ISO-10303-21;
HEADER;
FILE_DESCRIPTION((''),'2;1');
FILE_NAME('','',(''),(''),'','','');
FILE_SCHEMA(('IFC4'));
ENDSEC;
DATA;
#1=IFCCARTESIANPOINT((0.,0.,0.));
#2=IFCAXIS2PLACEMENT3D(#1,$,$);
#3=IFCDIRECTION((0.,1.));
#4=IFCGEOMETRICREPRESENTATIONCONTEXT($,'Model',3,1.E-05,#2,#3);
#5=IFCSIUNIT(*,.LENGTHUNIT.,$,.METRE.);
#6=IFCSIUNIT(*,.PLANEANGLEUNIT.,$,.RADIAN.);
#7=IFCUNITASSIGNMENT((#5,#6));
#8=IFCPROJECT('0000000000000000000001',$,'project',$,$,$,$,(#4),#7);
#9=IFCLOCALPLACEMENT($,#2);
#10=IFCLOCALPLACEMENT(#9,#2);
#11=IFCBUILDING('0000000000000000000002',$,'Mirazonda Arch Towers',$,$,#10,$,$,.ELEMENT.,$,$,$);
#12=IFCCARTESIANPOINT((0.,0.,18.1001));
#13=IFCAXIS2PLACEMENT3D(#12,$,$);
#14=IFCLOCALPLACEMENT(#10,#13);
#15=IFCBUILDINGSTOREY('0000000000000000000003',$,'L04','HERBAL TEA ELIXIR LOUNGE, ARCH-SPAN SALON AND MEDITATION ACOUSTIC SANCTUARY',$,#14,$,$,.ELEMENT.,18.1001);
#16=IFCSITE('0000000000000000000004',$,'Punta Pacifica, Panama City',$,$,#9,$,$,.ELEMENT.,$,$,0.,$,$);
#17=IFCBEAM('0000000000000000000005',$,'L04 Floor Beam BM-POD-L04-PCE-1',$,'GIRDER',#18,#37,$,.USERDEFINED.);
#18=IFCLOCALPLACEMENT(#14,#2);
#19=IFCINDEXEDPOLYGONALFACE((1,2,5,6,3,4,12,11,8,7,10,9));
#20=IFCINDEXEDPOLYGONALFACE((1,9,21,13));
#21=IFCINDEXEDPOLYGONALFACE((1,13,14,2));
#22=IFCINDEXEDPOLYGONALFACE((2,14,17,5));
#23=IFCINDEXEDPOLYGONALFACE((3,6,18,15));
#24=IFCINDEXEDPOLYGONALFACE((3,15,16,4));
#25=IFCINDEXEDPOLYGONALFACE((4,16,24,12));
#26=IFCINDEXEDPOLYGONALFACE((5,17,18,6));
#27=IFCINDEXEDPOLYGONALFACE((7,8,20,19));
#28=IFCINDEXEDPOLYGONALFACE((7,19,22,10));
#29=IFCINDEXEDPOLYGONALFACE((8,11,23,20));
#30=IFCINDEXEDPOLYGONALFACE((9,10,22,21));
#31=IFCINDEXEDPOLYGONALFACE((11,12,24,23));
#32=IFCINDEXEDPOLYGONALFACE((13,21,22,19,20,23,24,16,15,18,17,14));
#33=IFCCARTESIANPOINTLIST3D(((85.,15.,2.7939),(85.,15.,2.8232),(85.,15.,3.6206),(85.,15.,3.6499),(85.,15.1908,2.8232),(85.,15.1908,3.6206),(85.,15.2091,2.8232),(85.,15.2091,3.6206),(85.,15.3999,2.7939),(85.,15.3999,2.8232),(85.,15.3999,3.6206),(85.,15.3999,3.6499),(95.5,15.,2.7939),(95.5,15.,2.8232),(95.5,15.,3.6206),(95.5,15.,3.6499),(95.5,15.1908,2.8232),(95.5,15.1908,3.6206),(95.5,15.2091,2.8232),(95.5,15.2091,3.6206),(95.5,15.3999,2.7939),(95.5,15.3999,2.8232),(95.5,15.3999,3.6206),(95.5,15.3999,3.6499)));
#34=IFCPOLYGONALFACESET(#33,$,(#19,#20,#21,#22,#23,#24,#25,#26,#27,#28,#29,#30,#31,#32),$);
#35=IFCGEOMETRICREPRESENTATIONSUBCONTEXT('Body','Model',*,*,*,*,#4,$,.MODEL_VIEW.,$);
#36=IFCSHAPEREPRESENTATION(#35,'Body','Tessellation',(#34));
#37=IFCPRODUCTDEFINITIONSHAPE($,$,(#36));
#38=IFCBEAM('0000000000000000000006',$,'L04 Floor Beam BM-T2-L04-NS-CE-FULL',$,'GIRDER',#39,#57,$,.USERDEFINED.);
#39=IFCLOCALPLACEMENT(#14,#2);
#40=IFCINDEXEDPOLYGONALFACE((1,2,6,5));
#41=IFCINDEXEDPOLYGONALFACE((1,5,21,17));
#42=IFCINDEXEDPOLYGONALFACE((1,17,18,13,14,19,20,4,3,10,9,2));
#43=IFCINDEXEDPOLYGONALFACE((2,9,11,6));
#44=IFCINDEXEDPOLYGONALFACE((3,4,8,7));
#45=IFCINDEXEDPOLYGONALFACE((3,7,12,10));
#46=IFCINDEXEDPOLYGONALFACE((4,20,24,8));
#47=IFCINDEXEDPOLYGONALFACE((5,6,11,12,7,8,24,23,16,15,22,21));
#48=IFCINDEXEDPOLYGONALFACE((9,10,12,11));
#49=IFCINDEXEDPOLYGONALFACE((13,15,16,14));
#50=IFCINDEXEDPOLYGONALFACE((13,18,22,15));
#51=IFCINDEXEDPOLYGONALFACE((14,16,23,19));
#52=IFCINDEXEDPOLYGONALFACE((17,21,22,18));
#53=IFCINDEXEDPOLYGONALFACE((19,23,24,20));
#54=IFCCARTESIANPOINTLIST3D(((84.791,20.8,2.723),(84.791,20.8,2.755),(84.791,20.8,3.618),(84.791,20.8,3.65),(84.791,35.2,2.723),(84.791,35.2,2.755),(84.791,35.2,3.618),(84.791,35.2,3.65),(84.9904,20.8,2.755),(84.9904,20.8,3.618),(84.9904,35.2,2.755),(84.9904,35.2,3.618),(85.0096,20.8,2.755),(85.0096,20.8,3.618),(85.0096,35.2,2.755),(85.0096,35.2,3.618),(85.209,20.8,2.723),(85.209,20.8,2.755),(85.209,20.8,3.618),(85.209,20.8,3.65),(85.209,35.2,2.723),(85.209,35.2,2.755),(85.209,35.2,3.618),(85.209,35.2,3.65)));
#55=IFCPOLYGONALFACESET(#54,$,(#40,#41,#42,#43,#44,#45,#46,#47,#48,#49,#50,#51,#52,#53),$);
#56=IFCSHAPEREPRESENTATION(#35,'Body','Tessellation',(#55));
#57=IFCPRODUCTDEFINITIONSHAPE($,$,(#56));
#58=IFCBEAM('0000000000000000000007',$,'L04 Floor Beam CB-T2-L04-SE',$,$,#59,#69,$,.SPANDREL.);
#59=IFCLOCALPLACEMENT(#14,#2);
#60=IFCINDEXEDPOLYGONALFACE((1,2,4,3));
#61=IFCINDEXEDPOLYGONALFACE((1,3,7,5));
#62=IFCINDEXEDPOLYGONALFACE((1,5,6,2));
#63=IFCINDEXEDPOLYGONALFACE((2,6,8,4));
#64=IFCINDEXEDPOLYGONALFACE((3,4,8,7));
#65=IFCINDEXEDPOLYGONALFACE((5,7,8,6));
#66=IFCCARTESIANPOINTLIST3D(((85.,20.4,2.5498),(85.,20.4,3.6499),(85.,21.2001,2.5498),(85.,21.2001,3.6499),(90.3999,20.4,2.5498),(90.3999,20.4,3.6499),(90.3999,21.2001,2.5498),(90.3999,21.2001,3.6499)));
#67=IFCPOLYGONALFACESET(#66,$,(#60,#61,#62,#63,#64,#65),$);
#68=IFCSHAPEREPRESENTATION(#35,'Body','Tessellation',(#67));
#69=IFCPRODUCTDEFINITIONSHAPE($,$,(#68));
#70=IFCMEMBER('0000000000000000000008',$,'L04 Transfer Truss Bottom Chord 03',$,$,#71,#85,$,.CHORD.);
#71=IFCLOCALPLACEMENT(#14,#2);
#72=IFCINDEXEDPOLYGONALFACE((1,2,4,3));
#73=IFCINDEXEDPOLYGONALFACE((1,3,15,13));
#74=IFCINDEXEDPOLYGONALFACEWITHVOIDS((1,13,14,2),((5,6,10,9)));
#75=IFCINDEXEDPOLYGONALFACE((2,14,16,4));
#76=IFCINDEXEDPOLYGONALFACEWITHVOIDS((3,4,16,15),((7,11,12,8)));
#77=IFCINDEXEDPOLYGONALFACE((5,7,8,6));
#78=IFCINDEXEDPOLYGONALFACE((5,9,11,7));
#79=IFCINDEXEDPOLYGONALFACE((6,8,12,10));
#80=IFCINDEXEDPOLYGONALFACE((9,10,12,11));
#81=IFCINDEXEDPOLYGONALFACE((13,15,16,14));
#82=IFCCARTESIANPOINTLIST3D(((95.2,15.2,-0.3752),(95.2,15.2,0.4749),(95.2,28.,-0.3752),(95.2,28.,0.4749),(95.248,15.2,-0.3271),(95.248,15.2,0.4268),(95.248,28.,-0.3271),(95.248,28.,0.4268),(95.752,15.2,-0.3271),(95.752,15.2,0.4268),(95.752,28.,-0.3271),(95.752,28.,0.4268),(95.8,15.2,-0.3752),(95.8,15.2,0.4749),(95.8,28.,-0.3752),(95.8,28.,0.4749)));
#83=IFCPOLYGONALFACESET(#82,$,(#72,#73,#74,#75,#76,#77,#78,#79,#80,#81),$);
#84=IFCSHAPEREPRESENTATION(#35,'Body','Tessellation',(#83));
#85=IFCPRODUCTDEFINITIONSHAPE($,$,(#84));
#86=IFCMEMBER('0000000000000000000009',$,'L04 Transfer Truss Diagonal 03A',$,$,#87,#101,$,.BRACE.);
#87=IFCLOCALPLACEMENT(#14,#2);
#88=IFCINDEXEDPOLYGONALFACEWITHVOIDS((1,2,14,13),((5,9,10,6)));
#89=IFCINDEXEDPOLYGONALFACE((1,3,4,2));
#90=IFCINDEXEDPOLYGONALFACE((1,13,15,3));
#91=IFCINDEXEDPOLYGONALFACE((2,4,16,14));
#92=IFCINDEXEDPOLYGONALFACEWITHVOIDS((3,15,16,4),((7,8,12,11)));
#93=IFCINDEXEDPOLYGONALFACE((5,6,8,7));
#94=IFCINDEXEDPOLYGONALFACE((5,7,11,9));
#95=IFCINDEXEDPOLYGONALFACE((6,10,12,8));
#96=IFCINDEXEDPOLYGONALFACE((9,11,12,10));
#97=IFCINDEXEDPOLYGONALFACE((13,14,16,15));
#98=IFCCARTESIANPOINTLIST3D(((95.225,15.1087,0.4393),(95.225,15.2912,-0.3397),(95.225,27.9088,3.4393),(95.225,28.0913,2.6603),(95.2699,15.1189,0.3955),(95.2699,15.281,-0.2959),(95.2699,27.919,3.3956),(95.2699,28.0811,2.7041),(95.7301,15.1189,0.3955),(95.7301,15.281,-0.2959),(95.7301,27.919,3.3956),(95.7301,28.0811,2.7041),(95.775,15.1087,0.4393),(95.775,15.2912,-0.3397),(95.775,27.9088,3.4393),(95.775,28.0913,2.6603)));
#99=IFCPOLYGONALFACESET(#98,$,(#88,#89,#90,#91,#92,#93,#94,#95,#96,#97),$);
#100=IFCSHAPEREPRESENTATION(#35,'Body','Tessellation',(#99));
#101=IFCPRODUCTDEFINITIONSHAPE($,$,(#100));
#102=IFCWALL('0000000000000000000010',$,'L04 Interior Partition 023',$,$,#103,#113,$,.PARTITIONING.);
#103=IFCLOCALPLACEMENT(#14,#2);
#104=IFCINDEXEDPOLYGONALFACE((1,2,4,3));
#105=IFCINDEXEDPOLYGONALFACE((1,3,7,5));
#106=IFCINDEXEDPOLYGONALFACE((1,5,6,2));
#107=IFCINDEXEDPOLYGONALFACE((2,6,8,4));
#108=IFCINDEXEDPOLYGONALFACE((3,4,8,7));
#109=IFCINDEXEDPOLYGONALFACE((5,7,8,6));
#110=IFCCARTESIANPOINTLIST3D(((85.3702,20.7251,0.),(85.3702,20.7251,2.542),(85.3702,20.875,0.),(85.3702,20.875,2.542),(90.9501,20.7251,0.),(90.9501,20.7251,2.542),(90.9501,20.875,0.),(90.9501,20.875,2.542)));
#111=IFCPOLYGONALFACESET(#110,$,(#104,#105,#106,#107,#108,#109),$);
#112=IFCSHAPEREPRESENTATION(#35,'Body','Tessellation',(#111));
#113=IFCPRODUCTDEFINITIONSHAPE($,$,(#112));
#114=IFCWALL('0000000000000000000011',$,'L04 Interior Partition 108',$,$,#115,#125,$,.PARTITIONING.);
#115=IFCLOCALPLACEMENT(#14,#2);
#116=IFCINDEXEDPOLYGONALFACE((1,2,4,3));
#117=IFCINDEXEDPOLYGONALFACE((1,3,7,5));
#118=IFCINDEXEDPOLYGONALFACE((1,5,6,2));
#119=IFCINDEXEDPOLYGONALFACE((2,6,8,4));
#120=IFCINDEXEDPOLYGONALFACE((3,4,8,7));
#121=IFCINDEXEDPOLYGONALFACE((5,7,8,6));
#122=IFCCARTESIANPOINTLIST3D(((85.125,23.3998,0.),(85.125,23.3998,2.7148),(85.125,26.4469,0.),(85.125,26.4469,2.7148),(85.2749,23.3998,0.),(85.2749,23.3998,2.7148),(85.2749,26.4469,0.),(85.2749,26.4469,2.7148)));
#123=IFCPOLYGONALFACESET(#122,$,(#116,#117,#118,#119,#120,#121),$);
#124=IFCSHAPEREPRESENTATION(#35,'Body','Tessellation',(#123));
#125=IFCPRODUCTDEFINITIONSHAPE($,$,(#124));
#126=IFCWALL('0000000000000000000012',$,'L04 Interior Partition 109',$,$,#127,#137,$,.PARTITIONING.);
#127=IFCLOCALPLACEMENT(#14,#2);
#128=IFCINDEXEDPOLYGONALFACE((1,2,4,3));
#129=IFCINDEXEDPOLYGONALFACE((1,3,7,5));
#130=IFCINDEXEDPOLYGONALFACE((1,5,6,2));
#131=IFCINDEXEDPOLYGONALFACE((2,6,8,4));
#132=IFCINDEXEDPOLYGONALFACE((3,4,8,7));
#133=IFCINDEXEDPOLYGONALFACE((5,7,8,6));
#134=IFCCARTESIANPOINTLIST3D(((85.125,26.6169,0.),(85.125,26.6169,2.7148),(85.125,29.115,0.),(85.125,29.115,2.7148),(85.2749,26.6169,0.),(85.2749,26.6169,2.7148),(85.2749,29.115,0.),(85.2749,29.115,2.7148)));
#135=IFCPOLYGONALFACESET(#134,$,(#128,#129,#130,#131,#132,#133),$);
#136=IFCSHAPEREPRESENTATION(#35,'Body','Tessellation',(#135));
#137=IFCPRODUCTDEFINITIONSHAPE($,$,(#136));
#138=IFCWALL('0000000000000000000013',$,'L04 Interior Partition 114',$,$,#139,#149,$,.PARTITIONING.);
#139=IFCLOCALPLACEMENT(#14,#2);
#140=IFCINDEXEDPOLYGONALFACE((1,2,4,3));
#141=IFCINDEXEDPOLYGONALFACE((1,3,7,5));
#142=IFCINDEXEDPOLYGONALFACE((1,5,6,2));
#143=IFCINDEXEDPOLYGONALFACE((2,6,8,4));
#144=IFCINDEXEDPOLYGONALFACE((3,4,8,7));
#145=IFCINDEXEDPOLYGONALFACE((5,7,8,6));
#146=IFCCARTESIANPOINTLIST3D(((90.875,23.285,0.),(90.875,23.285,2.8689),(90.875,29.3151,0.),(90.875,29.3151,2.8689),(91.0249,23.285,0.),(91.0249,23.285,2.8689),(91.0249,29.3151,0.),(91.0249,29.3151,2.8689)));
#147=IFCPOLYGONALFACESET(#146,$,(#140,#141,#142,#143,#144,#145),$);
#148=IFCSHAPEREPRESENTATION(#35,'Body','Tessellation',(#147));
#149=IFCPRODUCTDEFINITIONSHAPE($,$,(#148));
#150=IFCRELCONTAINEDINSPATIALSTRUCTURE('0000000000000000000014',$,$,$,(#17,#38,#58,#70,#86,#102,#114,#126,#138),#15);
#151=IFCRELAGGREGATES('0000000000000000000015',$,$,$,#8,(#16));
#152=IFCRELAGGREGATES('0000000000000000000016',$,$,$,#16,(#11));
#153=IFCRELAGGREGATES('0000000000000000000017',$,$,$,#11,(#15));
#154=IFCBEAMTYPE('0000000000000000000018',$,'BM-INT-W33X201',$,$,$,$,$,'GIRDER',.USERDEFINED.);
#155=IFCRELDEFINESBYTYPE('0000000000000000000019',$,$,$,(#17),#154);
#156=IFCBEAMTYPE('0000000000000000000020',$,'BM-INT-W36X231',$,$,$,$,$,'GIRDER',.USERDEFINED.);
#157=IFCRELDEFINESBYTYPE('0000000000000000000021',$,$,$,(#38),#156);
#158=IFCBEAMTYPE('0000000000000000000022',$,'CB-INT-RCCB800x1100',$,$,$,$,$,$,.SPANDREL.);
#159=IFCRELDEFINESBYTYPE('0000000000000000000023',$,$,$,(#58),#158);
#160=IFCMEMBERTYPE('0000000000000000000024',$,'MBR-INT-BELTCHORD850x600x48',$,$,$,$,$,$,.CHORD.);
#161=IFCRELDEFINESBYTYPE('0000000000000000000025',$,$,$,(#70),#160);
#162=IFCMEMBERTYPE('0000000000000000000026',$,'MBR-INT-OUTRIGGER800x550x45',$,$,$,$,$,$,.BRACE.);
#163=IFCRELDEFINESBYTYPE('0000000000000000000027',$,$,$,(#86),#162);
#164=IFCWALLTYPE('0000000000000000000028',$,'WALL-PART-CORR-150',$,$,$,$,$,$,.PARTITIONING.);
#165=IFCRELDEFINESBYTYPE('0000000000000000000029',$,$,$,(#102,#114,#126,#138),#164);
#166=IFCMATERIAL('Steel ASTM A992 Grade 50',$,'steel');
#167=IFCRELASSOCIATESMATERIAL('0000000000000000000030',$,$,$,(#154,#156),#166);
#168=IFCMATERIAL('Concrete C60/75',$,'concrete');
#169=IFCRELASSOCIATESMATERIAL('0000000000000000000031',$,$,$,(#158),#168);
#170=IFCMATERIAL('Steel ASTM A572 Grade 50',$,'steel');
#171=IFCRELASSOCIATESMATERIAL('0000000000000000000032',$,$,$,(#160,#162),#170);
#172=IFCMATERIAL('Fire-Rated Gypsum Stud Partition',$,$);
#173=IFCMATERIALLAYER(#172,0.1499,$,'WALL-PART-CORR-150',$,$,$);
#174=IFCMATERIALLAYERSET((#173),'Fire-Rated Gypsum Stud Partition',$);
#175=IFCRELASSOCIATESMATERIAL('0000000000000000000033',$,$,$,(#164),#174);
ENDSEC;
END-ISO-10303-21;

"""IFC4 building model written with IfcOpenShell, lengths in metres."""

from ifc_helpers import new_model, si_unit, direction, frame, frame_2d, origin, origin_2d, place, context, subcontext, project, spatial, rectangle, hollow_rectangle, i_section, extrude, material, layer, layer_set, material_profile, profile_set, type_object, element, save


model = new_model("IFC4")

# Units and contexts
model_context = context("Model", 3, precision=1e-05, world=origin(), true_north=direction((0.0, 1.0)))
body_context = subcontext(model_context, "Body", "Model", "MODEL_VIEW")
ifc_project = project(units=[si_unit("LENGTHUNIT", "METRE"), si_unit("PLANEANGLEUNIT", "RADIAN")], contexts=[model_context])

# Site, building, storey
site_placement = place(None, origin())
site = spatial("IfcSite", under=ifc_project, at=site_placement, Name="Punta Pacifica, Panama City", CompositionType="ELEMENT", RefElevation=0.0)
building_placement = place(site_placement, origin())
building = spatial("IfcBuilding", under=site, at=building_placement, Name="Mirazonda Arch Towers", CompositionType="ELEMENT")
storey_placement = place(building_placement, frame((0.0, 0.0, 18.1001)))
storey = spatial("IfcBuildingStorey", under=building, at=storey_placement, Name="L04", Description="HERBAL TEA ELIXIR LOUNGE, ARCH-SPAN SALON AND MEDITATION ACOUSTIC SANCTUARY", CompositionType="ELEMENT", Elevation=18.1001)

# Shared definitions
ifc_material_1 = material(Name="Concrete C60/75", Category="concrete")
ifc_material_2 = material(Name="Steel ASTM A572 Grade 50", Category="steel")

# Beams
ifc_material_3 = material(Name="Steel ASTM A992 Grade 50", Category="steel")
ifc_material_profile_1 = material_profile(ifc_material_3, i_section(OverallWidth=0.3999, OverallDepth=0.856, WebThickness=0.0183, FlangeThickness=0.0293, at=origin_2d()), Name="W33X201")
ifc_profile_set_1 = profile_set([ifc_material_profile_1], Name="Steel ASTM A992 Grade 50")
beam_type_1 = type_object("IfcBeamType", Name="BM-INT-W33X201", ElementType="GIRDER", PredefinedType="USERDEFINED", material=ifc_profile_set_1)
beam_1_placement = place(storey_placement, frame((85.0, 15.2, 3.2219), z_axis=(1.0, 0.0, 0.0), x_axis=(0.0, 1.0, 0.0)))
element("IfcBeam", 1, at=beam_1_placement, inside=storey, type_object=beam_type_1, Name="L04 Floor Beam BM-POD-L04-PCE-1", ObjectType="GIRDER", PredefinedType="USERDEFINED", context=body_context, shape_type="SweptSolid", body=[
    extrude(i_section(OverallWidth=0.3999, OverallDepth=0.856, WebThickness=0.0183, FlangeThickness=0.0293, at=origin_2d()), origin(), (0.0, 0.0, 1.0), 10.5),
])
ifc_material_profile_2 = material_profile(ifc_material_3, i_section(OverallWidth=0.418, OverallDepth=0.927, WebThickness=0.0193, FlangeThickness=0.032, at=origin_2d()), Name="W36X231")
ifc_profile_set_2 = profile_set([ifc_material_profile_2], Name="Steel ASTM A992 Grade 50")
beam_type_2 = type_object("IfcBeamType", Name="BM-INT-W36X231", ElementType="GIRDER", PredefinedType="USERDEFINED", material=ifc_profile_set_2)
beam_2_placement = place(storey_placement, frame((85.0, 20.8, 3.1865), z_axis=(0.0, 1.0, 0.0), x_axis=(-1.0, 0.0, 0.0)))
element("IfcBeam", 2, at=beam_2_placement, inside=storey, type_object=beam_type_2, Name="L04 Floor Beam BM-T2-L04-NS-CE-FULL", ObjectType="GIRDER", PredefinedType="USERDEFINED", context=body_context, shape_type="SweptSolid", body=[
    extrude(i_section(OverallWidth=0.418, OverallDepth=0.927, WebThickness=0.0193, FlangeThickness=0.032, at=origin_2d()), origin(), (0.0, 0.0, 1.0), 14.3999),
])
ifc_material_profile_3 = material_profile(ifc_material_1, rectangle(XDim=0.8, YDim=1.1001, at=origin_2d()), Name="RCCB800x1100")
ifc_profile_set_3 = profile_set([ifc_material_profile_3], Name="Concrete C60/75")
beam_type_3 = type_object("IfcBeamType", Name="CB-INT-RCCB800x1100", PredefinedType="SPANDREL", material=ifc_profile_set_3)
beam_3_placement = place(storey_placement, frame((85.0, 20.8, 3.0999), z_axis=(1.0, 0.0, 0.0), x_axis=(0.0, 1.0, 0.0)))
element("IfcBeam", 3, at=beam_3_placement, inside=storey, type_object=beam_type_3, Name="L04 Floor Beam CB-T2-L04-SE", PredefinedType="SPANDREL", context=body_context, shape_type="SweptSolid", body=[
    extrude(rectangle(XDim=0.8, YDim=1.1001, at=origin_2d()), origin(), (0.0, 0.0, 1.0), 5.3999),
])

# Members
ifc_material_profile_4 = material_profile(ifc_material_2, hollow_rectangle(XDim=0.6001, YDim=0.8501, WallThickness=0.0481, at=origin_2d()), Name="BELTCHORD850x600x48")
ifc_profile_set_4 = profile_set([ifc_material_profile_4], Name="Steel ASTM A572 Grade 50")
member_type_1 = type_object("IfcMemberType", Name="MBR-INT-BELTCHORD850x600x48", PredefinedType="CHORD", material=ifc_profile_set_4)
member_1_placement = place(storey_placement, frame((95.5, 15.2, 0.0498), z_axis=(0.0, 1.0, 0.0), x_axis=(-1.0, 0.0, 0.0)))
element("IfcMember", 4, at=member_1_placement, inside=storey, type_object=member_type_1, Name="L04 Transfer Truss Bottom Chord 03", PredefinedType="CHORD", context=body_context, shape_type="SweptSolid", body=[
    extrude(hollow_rectangle(XDim=0.6001, YDim=0.8501, WallThickness=0.0481, at=origin_2d()), origin(), (0.0, 0.0, 1.0), 12.8),
])
ifc_material_profile_5 = material_profile(ifc_material_2, hollow_rectangle(XDim=0.55, YDim=0.8, WallThickness=0.0449, at=origin_2d()), Name="OUTRIGGER800x550x45")
ifc_profile_set_5 = profile_set([ifc_material_profile_5], Name="Steel ASTM A572 Grade 50")
member_type_2 = type_object("IfcMemberType", Name="MBR-INT-OUTRIGGER800x550x45", PredefinedType="BRACE", material=ifc_profile_set_5)
member_2_placement = place(storey_placement, frame((95.5, 15.2, 0.0498), z_axis=(0.0, 0.973617, 0.22819), x_axis=(-1.0, 0.0, 0.0)))
element("IfcMember", 5, at=member_2_placement, inside=storey, type_object=member_type_2, Name="L04 Transfer Truss Diagonal 03A", PredefinedType="BRACE", context=body_context, shape_type="SweptSolid", body=[
    extrude(hollow_rectangle(XDim=0.55, YDim=0.8, WallThickness=0.0449, at=origin_2d()), origin(), (0.0, 0.0, 1.0), 13.147),
])

# Walls
ifc_material_4 = material(Name="Fire-Rated Gypsum Stud Partition")
ifc_layer = layer(ifc_material_4, 0.1499, Name="WALL-PART-CORR-150")
ifc_layer_set = layer_set([ifc_layer], Name="Fire-Rated Gypsum Stud Partition")
wall_type = type_object("IfcWallType", Name="WALL-PART-CORR-150", PredefinedType="PARTITIONING", material=ifc_layer_set)
wall_1_placement = place(storey_placement, frame((85.3701, 20.8, 0.0), z_axis=(0.0, 0.0, 1.0), x_axis=(1.0, 0.0, 0.0)))
element("IfcWall", 6, at=wall_1_placement, inside=storey, type_object=wall_type, Name="L04 Interior Partition 023", PredefinedType="PARTITIONING", context=body_context, shape_type="SweptSolid", body=[
    extrude(rectangle(XDim=5.5798, YDim=0.1499, at=frame_2d((2.79, 0.0))), origin(), (0.0, 0.0, 1.0), 2.542),
])
wall_2_placement = place(storey_placement, frame((85.2, 23.3999, 0.0), z_axis=(0.0, 0.0, 1.0), x_axis=(0.0, 1.0, 0.0)))
element("IfcWall", 7, at=wall_2_placement, inside=storey, type_object=wall_type, Name="L04 Interior Partition 108", PredefinedType="PARTITIONING", context=body_context, shape_type="SweptSolid", body=[
    extrude(rectangle(XDim=3.0471, YDim=0.1499, at=frame_2d((1.5234, 0.0))), origin(), (0.0, 0.0, 1.0), 2.7148),
])
wall_3_placement = place(storey_placement, frame((85.2, 26.6169, 0.0), z_axis=(0.0, 0.0, 1.0), x_axis=(0.0, 1.0, 0.0)))
element("IfcWall", 8, at=wall_3_placement, inside=storey, type_object=wall_type, Name="L04 Interior Partition 109", PredefinedType="PARTITIONING", context=body_context, shape_type="SweptSolid", body=[
    extrude(rectangle(XDim=2.498, YDim=0.1499, at=frame_2d((1.249, 0.0))), origin(), (0.0, 0.0, 1.0), 2.7148),
])
wall_4_placement = place(storey_placement, frame((90.95, 23.2849, 0.0), z_axis=(0.0, 0.0, 1.0), x_axis=(0.0, 1.0, 0.0)))
element("IfcWall", 9, at=wall_4_placement, inside=storey, type_object=wall_type, Name="L04 Interior Partition 114", PredefinedType="PARTITIONING", context=body_context, shape_type="SweptSolid", body=[
    extrude(rectangle(XDim=6.03, YDim=0.1499, at=frame_2d((3.0151, 0.0))), origin(), (0.0, 0.0, 1.0), 2.8689),
])

save(model, "model.ifc")
